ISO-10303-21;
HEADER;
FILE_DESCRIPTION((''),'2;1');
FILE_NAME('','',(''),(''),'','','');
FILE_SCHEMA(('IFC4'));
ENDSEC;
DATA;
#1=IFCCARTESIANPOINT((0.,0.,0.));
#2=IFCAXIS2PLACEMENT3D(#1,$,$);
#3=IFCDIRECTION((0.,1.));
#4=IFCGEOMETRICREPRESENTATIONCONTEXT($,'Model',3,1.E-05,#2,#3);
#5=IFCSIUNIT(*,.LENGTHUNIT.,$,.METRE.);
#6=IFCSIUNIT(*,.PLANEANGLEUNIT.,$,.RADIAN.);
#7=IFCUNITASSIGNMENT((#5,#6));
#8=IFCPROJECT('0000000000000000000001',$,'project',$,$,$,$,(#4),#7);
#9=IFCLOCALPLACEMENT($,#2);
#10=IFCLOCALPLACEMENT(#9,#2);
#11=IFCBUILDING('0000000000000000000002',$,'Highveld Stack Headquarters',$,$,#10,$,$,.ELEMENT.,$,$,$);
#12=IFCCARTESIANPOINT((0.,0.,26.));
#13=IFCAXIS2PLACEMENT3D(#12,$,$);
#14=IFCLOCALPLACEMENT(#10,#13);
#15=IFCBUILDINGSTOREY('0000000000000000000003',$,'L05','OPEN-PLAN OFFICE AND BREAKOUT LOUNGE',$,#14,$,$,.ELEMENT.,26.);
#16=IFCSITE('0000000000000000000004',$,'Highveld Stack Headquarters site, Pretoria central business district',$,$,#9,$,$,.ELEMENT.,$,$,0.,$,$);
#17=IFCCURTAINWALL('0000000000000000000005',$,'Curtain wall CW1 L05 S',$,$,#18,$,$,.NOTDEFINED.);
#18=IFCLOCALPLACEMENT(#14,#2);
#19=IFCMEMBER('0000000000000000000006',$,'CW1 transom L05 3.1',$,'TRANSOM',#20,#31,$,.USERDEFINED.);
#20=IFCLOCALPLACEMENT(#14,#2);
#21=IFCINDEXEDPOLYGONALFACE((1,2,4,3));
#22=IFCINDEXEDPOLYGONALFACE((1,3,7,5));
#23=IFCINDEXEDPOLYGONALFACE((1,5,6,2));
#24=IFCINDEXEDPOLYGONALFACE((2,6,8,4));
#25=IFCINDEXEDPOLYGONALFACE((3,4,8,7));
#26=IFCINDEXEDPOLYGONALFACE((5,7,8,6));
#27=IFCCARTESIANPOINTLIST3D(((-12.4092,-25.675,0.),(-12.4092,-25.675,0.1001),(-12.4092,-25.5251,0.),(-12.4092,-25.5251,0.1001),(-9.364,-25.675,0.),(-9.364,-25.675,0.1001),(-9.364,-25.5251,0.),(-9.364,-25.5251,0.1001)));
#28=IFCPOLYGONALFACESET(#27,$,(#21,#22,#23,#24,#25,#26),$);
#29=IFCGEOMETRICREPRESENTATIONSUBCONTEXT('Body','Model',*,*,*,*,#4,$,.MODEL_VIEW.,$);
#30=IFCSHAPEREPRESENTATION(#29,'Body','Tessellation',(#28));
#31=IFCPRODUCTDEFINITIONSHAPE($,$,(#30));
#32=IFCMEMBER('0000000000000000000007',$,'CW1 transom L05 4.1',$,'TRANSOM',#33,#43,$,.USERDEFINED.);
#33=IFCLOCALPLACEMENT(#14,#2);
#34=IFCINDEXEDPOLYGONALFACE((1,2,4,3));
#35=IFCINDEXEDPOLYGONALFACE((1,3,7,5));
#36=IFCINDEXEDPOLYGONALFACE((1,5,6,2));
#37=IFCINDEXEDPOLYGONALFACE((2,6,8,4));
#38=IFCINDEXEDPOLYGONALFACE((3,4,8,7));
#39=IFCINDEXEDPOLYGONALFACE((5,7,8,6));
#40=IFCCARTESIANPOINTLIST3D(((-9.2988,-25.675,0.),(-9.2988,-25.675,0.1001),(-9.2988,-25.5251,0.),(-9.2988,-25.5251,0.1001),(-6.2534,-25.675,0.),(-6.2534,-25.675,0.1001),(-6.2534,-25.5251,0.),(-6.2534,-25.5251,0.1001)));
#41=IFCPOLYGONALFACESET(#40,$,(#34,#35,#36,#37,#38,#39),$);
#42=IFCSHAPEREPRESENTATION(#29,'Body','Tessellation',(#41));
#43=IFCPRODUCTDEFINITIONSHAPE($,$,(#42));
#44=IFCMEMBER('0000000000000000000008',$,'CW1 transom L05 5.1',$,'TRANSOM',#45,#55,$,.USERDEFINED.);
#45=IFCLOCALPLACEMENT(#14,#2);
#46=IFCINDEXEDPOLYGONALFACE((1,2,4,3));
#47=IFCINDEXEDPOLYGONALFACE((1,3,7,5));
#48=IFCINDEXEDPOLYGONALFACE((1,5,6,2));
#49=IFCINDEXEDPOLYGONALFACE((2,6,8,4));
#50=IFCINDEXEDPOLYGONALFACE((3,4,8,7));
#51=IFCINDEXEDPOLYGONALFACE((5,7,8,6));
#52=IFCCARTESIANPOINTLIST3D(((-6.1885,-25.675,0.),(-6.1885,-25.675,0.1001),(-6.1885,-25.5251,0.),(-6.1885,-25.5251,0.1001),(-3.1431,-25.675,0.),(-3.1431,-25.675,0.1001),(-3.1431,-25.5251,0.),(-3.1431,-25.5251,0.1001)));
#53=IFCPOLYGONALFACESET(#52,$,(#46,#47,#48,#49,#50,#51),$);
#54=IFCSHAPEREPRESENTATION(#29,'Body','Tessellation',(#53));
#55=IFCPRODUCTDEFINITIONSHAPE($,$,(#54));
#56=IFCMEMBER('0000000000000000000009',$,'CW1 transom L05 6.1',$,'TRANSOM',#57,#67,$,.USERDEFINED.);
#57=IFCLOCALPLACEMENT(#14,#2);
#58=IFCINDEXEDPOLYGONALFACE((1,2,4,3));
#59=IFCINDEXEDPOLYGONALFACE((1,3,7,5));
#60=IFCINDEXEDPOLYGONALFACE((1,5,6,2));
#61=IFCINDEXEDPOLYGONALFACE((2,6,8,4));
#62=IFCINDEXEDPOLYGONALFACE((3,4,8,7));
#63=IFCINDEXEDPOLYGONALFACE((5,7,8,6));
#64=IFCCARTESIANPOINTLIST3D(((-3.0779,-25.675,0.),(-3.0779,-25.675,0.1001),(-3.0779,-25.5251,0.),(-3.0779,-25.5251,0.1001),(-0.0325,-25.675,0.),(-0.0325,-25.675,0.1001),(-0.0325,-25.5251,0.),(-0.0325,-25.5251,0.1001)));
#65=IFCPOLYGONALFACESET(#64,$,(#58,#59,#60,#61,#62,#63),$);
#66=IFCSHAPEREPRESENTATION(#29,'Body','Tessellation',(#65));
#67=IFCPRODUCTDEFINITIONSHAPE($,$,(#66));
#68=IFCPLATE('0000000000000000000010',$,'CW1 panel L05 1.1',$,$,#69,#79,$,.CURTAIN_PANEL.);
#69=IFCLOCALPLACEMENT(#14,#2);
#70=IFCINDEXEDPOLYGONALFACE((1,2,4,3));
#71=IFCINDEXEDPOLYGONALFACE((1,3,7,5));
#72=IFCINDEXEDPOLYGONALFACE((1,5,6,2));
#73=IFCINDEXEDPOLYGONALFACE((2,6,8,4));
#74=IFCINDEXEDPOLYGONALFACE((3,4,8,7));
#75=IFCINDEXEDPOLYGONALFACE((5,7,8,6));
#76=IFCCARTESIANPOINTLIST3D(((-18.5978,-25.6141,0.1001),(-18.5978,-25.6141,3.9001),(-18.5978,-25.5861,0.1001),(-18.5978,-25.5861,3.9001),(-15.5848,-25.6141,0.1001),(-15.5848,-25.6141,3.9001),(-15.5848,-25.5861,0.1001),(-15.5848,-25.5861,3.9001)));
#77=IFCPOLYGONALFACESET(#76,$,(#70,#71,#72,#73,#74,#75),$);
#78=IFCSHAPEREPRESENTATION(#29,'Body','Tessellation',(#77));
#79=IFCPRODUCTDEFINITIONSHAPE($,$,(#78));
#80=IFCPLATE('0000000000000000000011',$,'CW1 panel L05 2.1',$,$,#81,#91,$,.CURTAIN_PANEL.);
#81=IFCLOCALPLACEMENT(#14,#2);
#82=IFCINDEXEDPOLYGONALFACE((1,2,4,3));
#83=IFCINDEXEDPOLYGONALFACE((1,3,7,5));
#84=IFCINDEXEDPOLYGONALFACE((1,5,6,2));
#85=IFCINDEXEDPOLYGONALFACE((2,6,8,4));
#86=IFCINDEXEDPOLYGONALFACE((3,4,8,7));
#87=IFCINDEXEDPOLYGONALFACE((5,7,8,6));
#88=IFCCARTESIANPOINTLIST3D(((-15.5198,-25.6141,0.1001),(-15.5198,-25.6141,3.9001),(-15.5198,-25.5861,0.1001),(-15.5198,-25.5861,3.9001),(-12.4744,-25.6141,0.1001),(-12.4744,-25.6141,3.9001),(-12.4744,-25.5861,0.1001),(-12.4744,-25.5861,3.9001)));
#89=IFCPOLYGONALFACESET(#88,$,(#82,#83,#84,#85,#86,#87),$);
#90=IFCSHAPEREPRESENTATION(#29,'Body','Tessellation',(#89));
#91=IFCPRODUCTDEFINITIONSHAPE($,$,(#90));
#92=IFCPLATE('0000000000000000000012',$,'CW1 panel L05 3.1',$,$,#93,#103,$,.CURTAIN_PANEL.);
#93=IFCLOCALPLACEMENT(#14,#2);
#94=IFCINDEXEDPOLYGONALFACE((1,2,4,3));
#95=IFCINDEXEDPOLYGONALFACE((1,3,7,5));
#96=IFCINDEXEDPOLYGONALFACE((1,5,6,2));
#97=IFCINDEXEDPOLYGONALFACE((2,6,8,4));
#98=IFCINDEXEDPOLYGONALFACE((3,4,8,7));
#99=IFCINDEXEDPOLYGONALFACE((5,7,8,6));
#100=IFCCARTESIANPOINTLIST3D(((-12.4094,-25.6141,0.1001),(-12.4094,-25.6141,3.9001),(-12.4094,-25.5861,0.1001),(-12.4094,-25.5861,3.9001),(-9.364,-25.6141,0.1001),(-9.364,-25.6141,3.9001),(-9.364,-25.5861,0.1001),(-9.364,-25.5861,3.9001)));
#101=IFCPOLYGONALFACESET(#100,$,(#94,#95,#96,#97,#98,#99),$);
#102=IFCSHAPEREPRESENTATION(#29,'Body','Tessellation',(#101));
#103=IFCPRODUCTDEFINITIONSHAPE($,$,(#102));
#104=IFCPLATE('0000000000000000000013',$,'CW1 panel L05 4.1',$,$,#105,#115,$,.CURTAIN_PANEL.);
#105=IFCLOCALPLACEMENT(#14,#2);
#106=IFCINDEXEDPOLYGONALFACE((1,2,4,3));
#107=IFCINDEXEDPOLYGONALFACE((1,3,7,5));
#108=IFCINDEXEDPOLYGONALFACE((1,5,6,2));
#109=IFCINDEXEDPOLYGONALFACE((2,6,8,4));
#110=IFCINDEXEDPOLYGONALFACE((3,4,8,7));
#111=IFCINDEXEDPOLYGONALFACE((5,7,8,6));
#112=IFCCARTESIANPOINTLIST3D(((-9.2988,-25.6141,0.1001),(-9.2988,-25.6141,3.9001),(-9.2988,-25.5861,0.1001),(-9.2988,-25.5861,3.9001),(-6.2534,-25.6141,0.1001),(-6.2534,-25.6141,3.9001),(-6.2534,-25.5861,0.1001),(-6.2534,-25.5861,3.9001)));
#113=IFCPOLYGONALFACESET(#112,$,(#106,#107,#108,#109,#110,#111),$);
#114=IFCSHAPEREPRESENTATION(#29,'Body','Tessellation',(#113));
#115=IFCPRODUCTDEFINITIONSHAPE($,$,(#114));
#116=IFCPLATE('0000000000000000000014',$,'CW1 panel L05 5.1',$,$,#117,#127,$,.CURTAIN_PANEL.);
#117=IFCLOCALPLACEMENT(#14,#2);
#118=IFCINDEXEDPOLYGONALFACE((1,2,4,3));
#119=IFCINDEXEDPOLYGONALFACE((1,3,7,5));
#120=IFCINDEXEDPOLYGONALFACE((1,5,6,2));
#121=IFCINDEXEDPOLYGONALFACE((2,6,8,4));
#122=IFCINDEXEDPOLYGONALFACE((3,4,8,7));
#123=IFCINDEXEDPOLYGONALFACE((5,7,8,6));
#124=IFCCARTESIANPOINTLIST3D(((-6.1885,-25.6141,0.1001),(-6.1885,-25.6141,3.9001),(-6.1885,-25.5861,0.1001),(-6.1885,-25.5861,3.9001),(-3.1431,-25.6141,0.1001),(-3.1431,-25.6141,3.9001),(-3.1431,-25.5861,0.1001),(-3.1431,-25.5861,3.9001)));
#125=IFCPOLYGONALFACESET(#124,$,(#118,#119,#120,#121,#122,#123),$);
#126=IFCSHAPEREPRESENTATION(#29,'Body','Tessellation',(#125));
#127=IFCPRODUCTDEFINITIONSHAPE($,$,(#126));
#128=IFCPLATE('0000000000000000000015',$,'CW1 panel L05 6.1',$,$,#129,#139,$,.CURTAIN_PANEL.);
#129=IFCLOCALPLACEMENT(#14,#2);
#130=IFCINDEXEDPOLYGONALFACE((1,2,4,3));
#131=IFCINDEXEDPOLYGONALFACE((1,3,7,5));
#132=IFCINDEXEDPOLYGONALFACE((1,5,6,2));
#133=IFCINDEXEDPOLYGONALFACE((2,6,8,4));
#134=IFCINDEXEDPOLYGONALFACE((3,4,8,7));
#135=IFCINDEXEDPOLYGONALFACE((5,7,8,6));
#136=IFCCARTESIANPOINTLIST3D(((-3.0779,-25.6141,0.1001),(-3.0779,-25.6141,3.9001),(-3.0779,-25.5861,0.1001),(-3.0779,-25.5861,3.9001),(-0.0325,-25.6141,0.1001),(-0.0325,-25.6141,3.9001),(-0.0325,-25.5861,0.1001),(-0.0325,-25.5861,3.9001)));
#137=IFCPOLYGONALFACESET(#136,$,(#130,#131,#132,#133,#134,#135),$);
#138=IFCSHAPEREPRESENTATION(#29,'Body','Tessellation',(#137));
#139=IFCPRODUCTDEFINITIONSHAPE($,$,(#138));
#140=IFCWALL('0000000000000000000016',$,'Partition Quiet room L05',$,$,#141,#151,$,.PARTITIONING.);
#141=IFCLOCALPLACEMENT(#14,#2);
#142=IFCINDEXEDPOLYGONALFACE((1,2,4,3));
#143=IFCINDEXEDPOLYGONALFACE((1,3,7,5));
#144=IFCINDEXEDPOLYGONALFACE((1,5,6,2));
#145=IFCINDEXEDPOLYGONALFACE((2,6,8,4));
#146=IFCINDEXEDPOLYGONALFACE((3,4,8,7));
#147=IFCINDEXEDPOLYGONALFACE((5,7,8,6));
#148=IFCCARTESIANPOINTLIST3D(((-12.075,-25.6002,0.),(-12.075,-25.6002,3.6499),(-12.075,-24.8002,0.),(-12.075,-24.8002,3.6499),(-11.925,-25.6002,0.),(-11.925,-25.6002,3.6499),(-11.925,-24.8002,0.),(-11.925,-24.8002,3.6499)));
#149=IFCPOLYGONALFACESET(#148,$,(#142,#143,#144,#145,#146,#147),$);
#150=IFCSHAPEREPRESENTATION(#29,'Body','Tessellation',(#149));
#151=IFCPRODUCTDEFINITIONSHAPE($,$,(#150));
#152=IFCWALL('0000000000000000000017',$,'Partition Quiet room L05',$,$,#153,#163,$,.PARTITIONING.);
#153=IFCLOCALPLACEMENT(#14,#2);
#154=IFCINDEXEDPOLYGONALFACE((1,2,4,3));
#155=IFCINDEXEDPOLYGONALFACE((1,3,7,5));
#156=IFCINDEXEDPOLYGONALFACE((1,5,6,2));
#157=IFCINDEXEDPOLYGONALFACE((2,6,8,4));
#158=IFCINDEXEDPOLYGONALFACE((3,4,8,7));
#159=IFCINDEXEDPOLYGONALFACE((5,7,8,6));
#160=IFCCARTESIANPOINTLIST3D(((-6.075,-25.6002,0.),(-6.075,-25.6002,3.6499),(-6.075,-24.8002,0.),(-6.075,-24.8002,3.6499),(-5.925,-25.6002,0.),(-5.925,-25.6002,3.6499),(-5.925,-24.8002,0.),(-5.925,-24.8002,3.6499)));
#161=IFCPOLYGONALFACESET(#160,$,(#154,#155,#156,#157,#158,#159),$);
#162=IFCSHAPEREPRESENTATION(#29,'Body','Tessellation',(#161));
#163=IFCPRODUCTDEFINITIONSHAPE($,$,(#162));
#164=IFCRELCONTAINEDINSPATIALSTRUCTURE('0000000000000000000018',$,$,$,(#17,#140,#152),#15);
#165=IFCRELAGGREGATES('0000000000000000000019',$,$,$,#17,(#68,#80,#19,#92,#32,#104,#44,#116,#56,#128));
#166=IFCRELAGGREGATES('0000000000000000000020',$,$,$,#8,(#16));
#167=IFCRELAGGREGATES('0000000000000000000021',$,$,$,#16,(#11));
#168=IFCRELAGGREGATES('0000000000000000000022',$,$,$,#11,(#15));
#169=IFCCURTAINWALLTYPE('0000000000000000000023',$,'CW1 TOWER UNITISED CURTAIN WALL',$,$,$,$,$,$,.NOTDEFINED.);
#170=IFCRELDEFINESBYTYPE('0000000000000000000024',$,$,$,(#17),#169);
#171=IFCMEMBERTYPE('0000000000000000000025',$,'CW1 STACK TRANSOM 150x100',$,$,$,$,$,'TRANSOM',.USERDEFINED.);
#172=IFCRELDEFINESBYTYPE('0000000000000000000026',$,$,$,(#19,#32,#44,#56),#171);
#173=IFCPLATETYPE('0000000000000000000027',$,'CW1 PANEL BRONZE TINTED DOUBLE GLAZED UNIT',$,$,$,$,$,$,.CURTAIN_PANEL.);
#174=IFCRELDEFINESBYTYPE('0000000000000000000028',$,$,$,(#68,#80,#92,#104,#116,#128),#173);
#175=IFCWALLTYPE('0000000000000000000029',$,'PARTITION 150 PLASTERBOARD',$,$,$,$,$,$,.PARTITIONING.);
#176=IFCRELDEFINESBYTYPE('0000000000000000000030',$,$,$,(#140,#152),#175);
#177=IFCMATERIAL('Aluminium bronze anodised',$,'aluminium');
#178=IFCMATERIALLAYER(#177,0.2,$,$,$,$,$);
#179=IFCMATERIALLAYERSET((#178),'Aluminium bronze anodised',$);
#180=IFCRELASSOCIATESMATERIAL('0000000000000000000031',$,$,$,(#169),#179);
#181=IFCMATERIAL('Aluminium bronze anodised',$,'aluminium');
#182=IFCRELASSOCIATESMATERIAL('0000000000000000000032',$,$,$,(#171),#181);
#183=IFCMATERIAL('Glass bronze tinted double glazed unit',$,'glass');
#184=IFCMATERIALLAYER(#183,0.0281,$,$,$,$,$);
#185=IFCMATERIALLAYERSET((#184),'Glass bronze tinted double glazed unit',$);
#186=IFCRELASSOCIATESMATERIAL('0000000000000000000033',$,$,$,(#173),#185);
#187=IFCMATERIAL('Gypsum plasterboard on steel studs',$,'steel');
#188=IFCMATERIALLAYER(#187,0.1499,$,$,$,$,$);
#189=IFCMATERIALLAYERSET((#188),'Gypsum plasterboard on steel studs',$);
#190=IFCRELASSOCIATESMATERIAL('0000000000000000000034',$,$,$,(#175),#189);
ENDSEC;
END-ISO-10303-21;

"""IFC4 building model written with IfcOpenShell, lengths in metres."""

from ifc_helpers import new_model, si_unit, direction, frame, frame_2d, origin, origin_2d, place, context, subcontext, project, spatial, rectangle, extrude, material, layer, layer_set, material_profile, profile_set, type_object, element, aggregate, save


model = new_model("IFC4")

# Units and contexts
model_context = context("Model", 3, precision=1e-05, world=origin(), true_north=direction((0.0, 1.0)))
body_context = subcontext(model_context, "Body", "Model", "MODEL_VIEW")
ifc_project = project(units=[si_unit("LENGTHUNIT", "METRE"), si_unit("PLANEANGLEUNIT", "RADIAN")], contexts=[model_context])

# Site, building, storey
site_placement = place(None, origin())
site = spatial("IfcSite", under=ifc_project, at=site_placement, Name="Highveld Stack Headquarters site, Pretoria central business district", CompositionType="ELEMENT", RefElevation=0.0)
building_placement = place(site_placement, origin())
building = spatial("IfcBuilding", under=site, at=building_placement, Name="Highveld Stack Headquarters", CompositionType="ELEMENT")
storey_placement = place(building_placement, frame((0.0, 0.0, 26.0)))
storey = spatial("IfcBuildingStorey", under=building, at=storey_placement, Name="L05", Description="OPEN-PLAN OFFICE AND BREAKOUT LOUNGE", CompositionType="ELEMENT", Elevation=26.0)

# Curtain wall, members, plates
ifc_material_1 = material(Name="Aluminium bronze anodised", Category="aluminium")
ifc_layer_1 = layer(ifc_material_1, 0.2)
ifc_layer_set_1 = layer_set([ifc_layer_1], Name="Aluminium bronze anodised")
curtain_wall_type = type_object("IfcCurtainWallType", Name="CW1 TOWER UNITISED CURTAIN WALL", PredefinedType="NOTDEFINED", material=ifc_layer_set_1)
curtain_wall_placement = place(storey_placement, origin())
curtain_wall = element("IfcCurtainWall", 1, at=curtain_wall_placement, inside=storey, type_object=curtain_wall_type, Name="Curtain wall CW1 L05 S", PredefinedType="NOTDEFINED")
ifc_material_2 = material(Name="Aluminium bronze anodised", Category="aluminium")
ifc_material_profile_1 = material_profile(ifc_material_2, rectangle(XDim=0.1499, YDim=0.1001, at=origin_2d()), Name="CW1 TRANSOM 150x100")
ifc_profile_set_1 = profile_set([ifc_material_profile_1], Name="Aluminium bronze anodised")
member_type_1 = type_object("IfcMemberType", Name="CW1 STACK TRANSOM 150x100", ElementType="TRANSOM", PredefinedType="USERDEFINED", material=ifc_profile_set_1)
member_1_placement = place(storey_placement, frame((-12.4092, -25.6001, 0.05), z_axis=(1.0, 0.0, 0.0), x_axis=(0.0, 1.0, 0.0)))
member_1 = element("IfcMember", 2, at=member_1_placement, type_object=member_type_1, Name="CW1 transom L05 3.1", ObjectType="TRANSOM", PredefinedType="USERDEFINED", context=body_context, shape_type="SweptSolid", body=[
    extrude(rectangle(XDim=0.1499, YDim=0.1001, at=origin_2d()), origin(), (0.0, 0.0, 1.0), 3.0452),
])
member_2_placement = place(storey_placement, frame((-9.2988, -25.6001, 0.05), z_axis=(1.0, 0.0, 0.0), x_axis=(0.0, 1.0, 0.0)))
member_2 = element("IfcMember", 3, at=member_2_placement, type_object=member_type_1, Name="CW1 transom L05 4.1", ObjectType="TRANSOM", PredefinedType="USERDEFINED", context=body_context, shape_type="SweptSolid", body=[
    extrude(rectangle(XDim=0.1499, YDim=0.1001, at=origin_2d()), origin(), (0.0, 0.0, 1.0), 3.0454),
])
member_3_placement = place(storey_placement, frame((-6.1885, -25.6001, 0.05), z_axis=(1.0, 0.0, 0.0), x_axis=(0.0, 1.0, 0.0)))
member_3 = element("IfcMember", 4, at=member_3_placement, type_object=member_type_1, Name="CW1 transom L05 5.1", ObjectType="TRANSOM", PredefinedType="USERDEFINED", context=body_context, shape_type="SweptSolid", body=[
    extrude(rectangle(XDim=0.1499, YDim=0.1001, at=origin_2d()), origin(), (0.0, 0.0, 1.0), 3.0454),
])
member_4_placement = place(storey_placement, frame((-3.0779, -25.6001, 0.05), z_axis=(1.0, 0.0, 0.0), x_axis=(0.0, 1.0, 0.0)))
member_4 = element("IfcMember", 5, at=member_4_placement, type_object=member_type_1, Name="CW1 transom L05 6.1", ObjectType="TRANSOM", PredefinedType="USERDEFINED", context=body_context, shape_type="SweptSolid", body=[
    extrude(rectangle(XDim=0.1499, YDim=0.1001, at=origin_2d()), origin(), (0.0, 0.0, 1.0), 3.0454),
])
ifc_material_3 = material(Name="Glass bronze tinted double glazed unit", Category="glass")
ifc_layer_2 = layer(ifc_material_3, 0.0281)
ifc_layer_set_2 = layer_set([ifc_layer_2], Name="Glass bronze tinted double glazed unit")
plate_type = type_object("IfcPlateType", Name="CW1 PANEL BRONZE TINTED DOUBLE GLAZED UNIT", PredefinedType="CURTAIN_PANEL", material=ifc_layer_set_2)
plate_1_placement = place(storey_placement, frame((-17.0913, -25.6001, 0.1001), z_axis=(0.0, 0.0, 1.0), x_axis=(1.0, 0.0, 0.0)))
plate_1 = element("IfcPlate", 6, at=plate_1_placement, type_object=plate_type, Name="CW1 panel L05 1.1", PredefinedType="CURTAIN_PANEL", context=body_context, shape_type="SweptSolid", body=[
    extrude(rectangle(XDim=3.0129, YDim=0.0281, at=origin_2d()), origin(), (0.0, 0.0, 1.0), 3.8),
])
plate_2_placement = place(storey_placement, frame((-13.9971, -25.6001, 0.1001), z_axis=(0.0, 0.0, 1.0), x_axis=(1.0, 0.0, 0.0)))
plate_2 = element("IfcPlate", 7, at=plate_2_placement, type_object=plate_type, Name="CW1 panel L05 2.1", PredefinedType="CURTAIN_PANEL", context=body_context, shape_type="SweptSolid", body=[
    extrude(rectangle(XDim=3.0454, YDim=0.0281, at=origin_2d()), origin(), (0.0, 0.0, 1.0), 3.8),
])
plate_3_placement = place(storey_placement, frame((-10.8867, -25.6001, 0.1001), z_axis=(0.0, 0.0, 1.0), x_axis=(1.0, 0.0, 0.0)))
plate_3 = element("IfcPlate", 8, at=plate_3_placement, type_object=plate_type, Name="CW1 panel L05 3.1", PredefinedType="CURTAIN_PANEL", context=body_context, shape_type="SweptSolid", body=[
    extrude(rectangle(XDim=3.0454, YDim=0.0281, at=origin_2d()), origin(), (0.0, 0.0, 1.0), 3.8),
])
plate_4_placement = place(storey_placement, frame((-7.7761, -25.6001, 0.1001), z_axis=(0.0, 0.0, 1.0), x_axis=(1.0, 0.0, 0.0)))
plate_4 = element("IfcPlate", 9, at=plate_4_placement, type_object=plate_type, Name="CW1 panel L05 4.1", PredefinedType="CURTAIN_PANEL", context=body_context, shape_type="SweptSolid", body=[
    extrude(rectangle(XDim=3.0454, YDim=0.0281, at=origin_2d()), origin(), (0.0, 0.0, 1.0), 3.8),
])
plate_5_placement = place(storey_placement, frame((-4.6658, -25.6001, 0.1001), z_axis=(0.0, 0.0, 1.0), x_axis=(1.0, 0.0, 0.0)))
plate_5 = element("IfcPlate", 10, at=plate_5_placement, type_object=plate_type, Name="CW1 panel L05 5.1", PredefinedType="CURTAIN_PANEL", context=body_context, shape_type="SweptSolid", body=[
    extrude(rectangle(XDim=3.0454, YDim=0.0281, at=origin_2d()), origin(), (0.0, 0.0, 1.0), 3.8),
])
plate_6_placement = place(storey_placement, frame((-1.5552, -25.6001, 0.1001), z_axis=(0.0, 0.0, 1.0), x_axis=(1.0, 0.0, 0.0)))
plate_6 = element("IfcPlate", 11, at=plate_6_placement, type_object=plate_type, Name="CW1 panel L05 6.1", PredefinedType="CURTAIN_PANEL", context=body_context, shape_type="SweptSolid", body=[
    extrude(rectangle(XDim=3.0454, YDim=0.0281, at=origin_2d()), origin(), (0.0, 0.0, 1.0), 3.8),
])
aggregate(curtain_wall, [plate_1, plate_2, member_1, plate_3, member_2, plate_4, member_3, plate_5, member_4, plate_6])

# Walls
ifc_material_4 = material(Name="Gypsum plasterboard on steel studs", Category="steel")
ifc_layer_3 = layer(ifc_material_4, 0.1499)
ifc_layer_set_3 = layer_set([ifc_layer_3], Name="Gypsum plasterboard on steel studs")
wall_type = type_object("IfcWallType", Name="PARTITION 150 PLASTERBOARD", PredefinedType="PARTITIONING", material=ifc_layer_set_3)
for number, where, z_axis, x_axis, name in (
    (12, (-12.0, -25.6001, 0.0), (0.0, 0.0, 1.0), (0.0, 1.0, 0.0), "Partition Quiet room L05"),
    (13, (-6.0, -25.6001, 0.0), (0.0, 0.0, 1.0), (0.0, 1.0, 0.0), "Partition Quiet room L05"),
):
    element("IfcWall", number, at=place(storey_placement, frame(where, z_axis=z_axis, x_axis=x_axis)), inside=storey, type_object=wall_type, Name=name, PredefinedType="PARTITIONING", context=body_context, shape_type="SweptSolid", body=[
        extrude(rectangle(XDim=0.8, YDim=0.1499, at=frame_2d((0.3999, 0.0))), origin(), (0.0, 0.0, 1.0), 3.6499),
    ])

save(model, "model.ifc")
